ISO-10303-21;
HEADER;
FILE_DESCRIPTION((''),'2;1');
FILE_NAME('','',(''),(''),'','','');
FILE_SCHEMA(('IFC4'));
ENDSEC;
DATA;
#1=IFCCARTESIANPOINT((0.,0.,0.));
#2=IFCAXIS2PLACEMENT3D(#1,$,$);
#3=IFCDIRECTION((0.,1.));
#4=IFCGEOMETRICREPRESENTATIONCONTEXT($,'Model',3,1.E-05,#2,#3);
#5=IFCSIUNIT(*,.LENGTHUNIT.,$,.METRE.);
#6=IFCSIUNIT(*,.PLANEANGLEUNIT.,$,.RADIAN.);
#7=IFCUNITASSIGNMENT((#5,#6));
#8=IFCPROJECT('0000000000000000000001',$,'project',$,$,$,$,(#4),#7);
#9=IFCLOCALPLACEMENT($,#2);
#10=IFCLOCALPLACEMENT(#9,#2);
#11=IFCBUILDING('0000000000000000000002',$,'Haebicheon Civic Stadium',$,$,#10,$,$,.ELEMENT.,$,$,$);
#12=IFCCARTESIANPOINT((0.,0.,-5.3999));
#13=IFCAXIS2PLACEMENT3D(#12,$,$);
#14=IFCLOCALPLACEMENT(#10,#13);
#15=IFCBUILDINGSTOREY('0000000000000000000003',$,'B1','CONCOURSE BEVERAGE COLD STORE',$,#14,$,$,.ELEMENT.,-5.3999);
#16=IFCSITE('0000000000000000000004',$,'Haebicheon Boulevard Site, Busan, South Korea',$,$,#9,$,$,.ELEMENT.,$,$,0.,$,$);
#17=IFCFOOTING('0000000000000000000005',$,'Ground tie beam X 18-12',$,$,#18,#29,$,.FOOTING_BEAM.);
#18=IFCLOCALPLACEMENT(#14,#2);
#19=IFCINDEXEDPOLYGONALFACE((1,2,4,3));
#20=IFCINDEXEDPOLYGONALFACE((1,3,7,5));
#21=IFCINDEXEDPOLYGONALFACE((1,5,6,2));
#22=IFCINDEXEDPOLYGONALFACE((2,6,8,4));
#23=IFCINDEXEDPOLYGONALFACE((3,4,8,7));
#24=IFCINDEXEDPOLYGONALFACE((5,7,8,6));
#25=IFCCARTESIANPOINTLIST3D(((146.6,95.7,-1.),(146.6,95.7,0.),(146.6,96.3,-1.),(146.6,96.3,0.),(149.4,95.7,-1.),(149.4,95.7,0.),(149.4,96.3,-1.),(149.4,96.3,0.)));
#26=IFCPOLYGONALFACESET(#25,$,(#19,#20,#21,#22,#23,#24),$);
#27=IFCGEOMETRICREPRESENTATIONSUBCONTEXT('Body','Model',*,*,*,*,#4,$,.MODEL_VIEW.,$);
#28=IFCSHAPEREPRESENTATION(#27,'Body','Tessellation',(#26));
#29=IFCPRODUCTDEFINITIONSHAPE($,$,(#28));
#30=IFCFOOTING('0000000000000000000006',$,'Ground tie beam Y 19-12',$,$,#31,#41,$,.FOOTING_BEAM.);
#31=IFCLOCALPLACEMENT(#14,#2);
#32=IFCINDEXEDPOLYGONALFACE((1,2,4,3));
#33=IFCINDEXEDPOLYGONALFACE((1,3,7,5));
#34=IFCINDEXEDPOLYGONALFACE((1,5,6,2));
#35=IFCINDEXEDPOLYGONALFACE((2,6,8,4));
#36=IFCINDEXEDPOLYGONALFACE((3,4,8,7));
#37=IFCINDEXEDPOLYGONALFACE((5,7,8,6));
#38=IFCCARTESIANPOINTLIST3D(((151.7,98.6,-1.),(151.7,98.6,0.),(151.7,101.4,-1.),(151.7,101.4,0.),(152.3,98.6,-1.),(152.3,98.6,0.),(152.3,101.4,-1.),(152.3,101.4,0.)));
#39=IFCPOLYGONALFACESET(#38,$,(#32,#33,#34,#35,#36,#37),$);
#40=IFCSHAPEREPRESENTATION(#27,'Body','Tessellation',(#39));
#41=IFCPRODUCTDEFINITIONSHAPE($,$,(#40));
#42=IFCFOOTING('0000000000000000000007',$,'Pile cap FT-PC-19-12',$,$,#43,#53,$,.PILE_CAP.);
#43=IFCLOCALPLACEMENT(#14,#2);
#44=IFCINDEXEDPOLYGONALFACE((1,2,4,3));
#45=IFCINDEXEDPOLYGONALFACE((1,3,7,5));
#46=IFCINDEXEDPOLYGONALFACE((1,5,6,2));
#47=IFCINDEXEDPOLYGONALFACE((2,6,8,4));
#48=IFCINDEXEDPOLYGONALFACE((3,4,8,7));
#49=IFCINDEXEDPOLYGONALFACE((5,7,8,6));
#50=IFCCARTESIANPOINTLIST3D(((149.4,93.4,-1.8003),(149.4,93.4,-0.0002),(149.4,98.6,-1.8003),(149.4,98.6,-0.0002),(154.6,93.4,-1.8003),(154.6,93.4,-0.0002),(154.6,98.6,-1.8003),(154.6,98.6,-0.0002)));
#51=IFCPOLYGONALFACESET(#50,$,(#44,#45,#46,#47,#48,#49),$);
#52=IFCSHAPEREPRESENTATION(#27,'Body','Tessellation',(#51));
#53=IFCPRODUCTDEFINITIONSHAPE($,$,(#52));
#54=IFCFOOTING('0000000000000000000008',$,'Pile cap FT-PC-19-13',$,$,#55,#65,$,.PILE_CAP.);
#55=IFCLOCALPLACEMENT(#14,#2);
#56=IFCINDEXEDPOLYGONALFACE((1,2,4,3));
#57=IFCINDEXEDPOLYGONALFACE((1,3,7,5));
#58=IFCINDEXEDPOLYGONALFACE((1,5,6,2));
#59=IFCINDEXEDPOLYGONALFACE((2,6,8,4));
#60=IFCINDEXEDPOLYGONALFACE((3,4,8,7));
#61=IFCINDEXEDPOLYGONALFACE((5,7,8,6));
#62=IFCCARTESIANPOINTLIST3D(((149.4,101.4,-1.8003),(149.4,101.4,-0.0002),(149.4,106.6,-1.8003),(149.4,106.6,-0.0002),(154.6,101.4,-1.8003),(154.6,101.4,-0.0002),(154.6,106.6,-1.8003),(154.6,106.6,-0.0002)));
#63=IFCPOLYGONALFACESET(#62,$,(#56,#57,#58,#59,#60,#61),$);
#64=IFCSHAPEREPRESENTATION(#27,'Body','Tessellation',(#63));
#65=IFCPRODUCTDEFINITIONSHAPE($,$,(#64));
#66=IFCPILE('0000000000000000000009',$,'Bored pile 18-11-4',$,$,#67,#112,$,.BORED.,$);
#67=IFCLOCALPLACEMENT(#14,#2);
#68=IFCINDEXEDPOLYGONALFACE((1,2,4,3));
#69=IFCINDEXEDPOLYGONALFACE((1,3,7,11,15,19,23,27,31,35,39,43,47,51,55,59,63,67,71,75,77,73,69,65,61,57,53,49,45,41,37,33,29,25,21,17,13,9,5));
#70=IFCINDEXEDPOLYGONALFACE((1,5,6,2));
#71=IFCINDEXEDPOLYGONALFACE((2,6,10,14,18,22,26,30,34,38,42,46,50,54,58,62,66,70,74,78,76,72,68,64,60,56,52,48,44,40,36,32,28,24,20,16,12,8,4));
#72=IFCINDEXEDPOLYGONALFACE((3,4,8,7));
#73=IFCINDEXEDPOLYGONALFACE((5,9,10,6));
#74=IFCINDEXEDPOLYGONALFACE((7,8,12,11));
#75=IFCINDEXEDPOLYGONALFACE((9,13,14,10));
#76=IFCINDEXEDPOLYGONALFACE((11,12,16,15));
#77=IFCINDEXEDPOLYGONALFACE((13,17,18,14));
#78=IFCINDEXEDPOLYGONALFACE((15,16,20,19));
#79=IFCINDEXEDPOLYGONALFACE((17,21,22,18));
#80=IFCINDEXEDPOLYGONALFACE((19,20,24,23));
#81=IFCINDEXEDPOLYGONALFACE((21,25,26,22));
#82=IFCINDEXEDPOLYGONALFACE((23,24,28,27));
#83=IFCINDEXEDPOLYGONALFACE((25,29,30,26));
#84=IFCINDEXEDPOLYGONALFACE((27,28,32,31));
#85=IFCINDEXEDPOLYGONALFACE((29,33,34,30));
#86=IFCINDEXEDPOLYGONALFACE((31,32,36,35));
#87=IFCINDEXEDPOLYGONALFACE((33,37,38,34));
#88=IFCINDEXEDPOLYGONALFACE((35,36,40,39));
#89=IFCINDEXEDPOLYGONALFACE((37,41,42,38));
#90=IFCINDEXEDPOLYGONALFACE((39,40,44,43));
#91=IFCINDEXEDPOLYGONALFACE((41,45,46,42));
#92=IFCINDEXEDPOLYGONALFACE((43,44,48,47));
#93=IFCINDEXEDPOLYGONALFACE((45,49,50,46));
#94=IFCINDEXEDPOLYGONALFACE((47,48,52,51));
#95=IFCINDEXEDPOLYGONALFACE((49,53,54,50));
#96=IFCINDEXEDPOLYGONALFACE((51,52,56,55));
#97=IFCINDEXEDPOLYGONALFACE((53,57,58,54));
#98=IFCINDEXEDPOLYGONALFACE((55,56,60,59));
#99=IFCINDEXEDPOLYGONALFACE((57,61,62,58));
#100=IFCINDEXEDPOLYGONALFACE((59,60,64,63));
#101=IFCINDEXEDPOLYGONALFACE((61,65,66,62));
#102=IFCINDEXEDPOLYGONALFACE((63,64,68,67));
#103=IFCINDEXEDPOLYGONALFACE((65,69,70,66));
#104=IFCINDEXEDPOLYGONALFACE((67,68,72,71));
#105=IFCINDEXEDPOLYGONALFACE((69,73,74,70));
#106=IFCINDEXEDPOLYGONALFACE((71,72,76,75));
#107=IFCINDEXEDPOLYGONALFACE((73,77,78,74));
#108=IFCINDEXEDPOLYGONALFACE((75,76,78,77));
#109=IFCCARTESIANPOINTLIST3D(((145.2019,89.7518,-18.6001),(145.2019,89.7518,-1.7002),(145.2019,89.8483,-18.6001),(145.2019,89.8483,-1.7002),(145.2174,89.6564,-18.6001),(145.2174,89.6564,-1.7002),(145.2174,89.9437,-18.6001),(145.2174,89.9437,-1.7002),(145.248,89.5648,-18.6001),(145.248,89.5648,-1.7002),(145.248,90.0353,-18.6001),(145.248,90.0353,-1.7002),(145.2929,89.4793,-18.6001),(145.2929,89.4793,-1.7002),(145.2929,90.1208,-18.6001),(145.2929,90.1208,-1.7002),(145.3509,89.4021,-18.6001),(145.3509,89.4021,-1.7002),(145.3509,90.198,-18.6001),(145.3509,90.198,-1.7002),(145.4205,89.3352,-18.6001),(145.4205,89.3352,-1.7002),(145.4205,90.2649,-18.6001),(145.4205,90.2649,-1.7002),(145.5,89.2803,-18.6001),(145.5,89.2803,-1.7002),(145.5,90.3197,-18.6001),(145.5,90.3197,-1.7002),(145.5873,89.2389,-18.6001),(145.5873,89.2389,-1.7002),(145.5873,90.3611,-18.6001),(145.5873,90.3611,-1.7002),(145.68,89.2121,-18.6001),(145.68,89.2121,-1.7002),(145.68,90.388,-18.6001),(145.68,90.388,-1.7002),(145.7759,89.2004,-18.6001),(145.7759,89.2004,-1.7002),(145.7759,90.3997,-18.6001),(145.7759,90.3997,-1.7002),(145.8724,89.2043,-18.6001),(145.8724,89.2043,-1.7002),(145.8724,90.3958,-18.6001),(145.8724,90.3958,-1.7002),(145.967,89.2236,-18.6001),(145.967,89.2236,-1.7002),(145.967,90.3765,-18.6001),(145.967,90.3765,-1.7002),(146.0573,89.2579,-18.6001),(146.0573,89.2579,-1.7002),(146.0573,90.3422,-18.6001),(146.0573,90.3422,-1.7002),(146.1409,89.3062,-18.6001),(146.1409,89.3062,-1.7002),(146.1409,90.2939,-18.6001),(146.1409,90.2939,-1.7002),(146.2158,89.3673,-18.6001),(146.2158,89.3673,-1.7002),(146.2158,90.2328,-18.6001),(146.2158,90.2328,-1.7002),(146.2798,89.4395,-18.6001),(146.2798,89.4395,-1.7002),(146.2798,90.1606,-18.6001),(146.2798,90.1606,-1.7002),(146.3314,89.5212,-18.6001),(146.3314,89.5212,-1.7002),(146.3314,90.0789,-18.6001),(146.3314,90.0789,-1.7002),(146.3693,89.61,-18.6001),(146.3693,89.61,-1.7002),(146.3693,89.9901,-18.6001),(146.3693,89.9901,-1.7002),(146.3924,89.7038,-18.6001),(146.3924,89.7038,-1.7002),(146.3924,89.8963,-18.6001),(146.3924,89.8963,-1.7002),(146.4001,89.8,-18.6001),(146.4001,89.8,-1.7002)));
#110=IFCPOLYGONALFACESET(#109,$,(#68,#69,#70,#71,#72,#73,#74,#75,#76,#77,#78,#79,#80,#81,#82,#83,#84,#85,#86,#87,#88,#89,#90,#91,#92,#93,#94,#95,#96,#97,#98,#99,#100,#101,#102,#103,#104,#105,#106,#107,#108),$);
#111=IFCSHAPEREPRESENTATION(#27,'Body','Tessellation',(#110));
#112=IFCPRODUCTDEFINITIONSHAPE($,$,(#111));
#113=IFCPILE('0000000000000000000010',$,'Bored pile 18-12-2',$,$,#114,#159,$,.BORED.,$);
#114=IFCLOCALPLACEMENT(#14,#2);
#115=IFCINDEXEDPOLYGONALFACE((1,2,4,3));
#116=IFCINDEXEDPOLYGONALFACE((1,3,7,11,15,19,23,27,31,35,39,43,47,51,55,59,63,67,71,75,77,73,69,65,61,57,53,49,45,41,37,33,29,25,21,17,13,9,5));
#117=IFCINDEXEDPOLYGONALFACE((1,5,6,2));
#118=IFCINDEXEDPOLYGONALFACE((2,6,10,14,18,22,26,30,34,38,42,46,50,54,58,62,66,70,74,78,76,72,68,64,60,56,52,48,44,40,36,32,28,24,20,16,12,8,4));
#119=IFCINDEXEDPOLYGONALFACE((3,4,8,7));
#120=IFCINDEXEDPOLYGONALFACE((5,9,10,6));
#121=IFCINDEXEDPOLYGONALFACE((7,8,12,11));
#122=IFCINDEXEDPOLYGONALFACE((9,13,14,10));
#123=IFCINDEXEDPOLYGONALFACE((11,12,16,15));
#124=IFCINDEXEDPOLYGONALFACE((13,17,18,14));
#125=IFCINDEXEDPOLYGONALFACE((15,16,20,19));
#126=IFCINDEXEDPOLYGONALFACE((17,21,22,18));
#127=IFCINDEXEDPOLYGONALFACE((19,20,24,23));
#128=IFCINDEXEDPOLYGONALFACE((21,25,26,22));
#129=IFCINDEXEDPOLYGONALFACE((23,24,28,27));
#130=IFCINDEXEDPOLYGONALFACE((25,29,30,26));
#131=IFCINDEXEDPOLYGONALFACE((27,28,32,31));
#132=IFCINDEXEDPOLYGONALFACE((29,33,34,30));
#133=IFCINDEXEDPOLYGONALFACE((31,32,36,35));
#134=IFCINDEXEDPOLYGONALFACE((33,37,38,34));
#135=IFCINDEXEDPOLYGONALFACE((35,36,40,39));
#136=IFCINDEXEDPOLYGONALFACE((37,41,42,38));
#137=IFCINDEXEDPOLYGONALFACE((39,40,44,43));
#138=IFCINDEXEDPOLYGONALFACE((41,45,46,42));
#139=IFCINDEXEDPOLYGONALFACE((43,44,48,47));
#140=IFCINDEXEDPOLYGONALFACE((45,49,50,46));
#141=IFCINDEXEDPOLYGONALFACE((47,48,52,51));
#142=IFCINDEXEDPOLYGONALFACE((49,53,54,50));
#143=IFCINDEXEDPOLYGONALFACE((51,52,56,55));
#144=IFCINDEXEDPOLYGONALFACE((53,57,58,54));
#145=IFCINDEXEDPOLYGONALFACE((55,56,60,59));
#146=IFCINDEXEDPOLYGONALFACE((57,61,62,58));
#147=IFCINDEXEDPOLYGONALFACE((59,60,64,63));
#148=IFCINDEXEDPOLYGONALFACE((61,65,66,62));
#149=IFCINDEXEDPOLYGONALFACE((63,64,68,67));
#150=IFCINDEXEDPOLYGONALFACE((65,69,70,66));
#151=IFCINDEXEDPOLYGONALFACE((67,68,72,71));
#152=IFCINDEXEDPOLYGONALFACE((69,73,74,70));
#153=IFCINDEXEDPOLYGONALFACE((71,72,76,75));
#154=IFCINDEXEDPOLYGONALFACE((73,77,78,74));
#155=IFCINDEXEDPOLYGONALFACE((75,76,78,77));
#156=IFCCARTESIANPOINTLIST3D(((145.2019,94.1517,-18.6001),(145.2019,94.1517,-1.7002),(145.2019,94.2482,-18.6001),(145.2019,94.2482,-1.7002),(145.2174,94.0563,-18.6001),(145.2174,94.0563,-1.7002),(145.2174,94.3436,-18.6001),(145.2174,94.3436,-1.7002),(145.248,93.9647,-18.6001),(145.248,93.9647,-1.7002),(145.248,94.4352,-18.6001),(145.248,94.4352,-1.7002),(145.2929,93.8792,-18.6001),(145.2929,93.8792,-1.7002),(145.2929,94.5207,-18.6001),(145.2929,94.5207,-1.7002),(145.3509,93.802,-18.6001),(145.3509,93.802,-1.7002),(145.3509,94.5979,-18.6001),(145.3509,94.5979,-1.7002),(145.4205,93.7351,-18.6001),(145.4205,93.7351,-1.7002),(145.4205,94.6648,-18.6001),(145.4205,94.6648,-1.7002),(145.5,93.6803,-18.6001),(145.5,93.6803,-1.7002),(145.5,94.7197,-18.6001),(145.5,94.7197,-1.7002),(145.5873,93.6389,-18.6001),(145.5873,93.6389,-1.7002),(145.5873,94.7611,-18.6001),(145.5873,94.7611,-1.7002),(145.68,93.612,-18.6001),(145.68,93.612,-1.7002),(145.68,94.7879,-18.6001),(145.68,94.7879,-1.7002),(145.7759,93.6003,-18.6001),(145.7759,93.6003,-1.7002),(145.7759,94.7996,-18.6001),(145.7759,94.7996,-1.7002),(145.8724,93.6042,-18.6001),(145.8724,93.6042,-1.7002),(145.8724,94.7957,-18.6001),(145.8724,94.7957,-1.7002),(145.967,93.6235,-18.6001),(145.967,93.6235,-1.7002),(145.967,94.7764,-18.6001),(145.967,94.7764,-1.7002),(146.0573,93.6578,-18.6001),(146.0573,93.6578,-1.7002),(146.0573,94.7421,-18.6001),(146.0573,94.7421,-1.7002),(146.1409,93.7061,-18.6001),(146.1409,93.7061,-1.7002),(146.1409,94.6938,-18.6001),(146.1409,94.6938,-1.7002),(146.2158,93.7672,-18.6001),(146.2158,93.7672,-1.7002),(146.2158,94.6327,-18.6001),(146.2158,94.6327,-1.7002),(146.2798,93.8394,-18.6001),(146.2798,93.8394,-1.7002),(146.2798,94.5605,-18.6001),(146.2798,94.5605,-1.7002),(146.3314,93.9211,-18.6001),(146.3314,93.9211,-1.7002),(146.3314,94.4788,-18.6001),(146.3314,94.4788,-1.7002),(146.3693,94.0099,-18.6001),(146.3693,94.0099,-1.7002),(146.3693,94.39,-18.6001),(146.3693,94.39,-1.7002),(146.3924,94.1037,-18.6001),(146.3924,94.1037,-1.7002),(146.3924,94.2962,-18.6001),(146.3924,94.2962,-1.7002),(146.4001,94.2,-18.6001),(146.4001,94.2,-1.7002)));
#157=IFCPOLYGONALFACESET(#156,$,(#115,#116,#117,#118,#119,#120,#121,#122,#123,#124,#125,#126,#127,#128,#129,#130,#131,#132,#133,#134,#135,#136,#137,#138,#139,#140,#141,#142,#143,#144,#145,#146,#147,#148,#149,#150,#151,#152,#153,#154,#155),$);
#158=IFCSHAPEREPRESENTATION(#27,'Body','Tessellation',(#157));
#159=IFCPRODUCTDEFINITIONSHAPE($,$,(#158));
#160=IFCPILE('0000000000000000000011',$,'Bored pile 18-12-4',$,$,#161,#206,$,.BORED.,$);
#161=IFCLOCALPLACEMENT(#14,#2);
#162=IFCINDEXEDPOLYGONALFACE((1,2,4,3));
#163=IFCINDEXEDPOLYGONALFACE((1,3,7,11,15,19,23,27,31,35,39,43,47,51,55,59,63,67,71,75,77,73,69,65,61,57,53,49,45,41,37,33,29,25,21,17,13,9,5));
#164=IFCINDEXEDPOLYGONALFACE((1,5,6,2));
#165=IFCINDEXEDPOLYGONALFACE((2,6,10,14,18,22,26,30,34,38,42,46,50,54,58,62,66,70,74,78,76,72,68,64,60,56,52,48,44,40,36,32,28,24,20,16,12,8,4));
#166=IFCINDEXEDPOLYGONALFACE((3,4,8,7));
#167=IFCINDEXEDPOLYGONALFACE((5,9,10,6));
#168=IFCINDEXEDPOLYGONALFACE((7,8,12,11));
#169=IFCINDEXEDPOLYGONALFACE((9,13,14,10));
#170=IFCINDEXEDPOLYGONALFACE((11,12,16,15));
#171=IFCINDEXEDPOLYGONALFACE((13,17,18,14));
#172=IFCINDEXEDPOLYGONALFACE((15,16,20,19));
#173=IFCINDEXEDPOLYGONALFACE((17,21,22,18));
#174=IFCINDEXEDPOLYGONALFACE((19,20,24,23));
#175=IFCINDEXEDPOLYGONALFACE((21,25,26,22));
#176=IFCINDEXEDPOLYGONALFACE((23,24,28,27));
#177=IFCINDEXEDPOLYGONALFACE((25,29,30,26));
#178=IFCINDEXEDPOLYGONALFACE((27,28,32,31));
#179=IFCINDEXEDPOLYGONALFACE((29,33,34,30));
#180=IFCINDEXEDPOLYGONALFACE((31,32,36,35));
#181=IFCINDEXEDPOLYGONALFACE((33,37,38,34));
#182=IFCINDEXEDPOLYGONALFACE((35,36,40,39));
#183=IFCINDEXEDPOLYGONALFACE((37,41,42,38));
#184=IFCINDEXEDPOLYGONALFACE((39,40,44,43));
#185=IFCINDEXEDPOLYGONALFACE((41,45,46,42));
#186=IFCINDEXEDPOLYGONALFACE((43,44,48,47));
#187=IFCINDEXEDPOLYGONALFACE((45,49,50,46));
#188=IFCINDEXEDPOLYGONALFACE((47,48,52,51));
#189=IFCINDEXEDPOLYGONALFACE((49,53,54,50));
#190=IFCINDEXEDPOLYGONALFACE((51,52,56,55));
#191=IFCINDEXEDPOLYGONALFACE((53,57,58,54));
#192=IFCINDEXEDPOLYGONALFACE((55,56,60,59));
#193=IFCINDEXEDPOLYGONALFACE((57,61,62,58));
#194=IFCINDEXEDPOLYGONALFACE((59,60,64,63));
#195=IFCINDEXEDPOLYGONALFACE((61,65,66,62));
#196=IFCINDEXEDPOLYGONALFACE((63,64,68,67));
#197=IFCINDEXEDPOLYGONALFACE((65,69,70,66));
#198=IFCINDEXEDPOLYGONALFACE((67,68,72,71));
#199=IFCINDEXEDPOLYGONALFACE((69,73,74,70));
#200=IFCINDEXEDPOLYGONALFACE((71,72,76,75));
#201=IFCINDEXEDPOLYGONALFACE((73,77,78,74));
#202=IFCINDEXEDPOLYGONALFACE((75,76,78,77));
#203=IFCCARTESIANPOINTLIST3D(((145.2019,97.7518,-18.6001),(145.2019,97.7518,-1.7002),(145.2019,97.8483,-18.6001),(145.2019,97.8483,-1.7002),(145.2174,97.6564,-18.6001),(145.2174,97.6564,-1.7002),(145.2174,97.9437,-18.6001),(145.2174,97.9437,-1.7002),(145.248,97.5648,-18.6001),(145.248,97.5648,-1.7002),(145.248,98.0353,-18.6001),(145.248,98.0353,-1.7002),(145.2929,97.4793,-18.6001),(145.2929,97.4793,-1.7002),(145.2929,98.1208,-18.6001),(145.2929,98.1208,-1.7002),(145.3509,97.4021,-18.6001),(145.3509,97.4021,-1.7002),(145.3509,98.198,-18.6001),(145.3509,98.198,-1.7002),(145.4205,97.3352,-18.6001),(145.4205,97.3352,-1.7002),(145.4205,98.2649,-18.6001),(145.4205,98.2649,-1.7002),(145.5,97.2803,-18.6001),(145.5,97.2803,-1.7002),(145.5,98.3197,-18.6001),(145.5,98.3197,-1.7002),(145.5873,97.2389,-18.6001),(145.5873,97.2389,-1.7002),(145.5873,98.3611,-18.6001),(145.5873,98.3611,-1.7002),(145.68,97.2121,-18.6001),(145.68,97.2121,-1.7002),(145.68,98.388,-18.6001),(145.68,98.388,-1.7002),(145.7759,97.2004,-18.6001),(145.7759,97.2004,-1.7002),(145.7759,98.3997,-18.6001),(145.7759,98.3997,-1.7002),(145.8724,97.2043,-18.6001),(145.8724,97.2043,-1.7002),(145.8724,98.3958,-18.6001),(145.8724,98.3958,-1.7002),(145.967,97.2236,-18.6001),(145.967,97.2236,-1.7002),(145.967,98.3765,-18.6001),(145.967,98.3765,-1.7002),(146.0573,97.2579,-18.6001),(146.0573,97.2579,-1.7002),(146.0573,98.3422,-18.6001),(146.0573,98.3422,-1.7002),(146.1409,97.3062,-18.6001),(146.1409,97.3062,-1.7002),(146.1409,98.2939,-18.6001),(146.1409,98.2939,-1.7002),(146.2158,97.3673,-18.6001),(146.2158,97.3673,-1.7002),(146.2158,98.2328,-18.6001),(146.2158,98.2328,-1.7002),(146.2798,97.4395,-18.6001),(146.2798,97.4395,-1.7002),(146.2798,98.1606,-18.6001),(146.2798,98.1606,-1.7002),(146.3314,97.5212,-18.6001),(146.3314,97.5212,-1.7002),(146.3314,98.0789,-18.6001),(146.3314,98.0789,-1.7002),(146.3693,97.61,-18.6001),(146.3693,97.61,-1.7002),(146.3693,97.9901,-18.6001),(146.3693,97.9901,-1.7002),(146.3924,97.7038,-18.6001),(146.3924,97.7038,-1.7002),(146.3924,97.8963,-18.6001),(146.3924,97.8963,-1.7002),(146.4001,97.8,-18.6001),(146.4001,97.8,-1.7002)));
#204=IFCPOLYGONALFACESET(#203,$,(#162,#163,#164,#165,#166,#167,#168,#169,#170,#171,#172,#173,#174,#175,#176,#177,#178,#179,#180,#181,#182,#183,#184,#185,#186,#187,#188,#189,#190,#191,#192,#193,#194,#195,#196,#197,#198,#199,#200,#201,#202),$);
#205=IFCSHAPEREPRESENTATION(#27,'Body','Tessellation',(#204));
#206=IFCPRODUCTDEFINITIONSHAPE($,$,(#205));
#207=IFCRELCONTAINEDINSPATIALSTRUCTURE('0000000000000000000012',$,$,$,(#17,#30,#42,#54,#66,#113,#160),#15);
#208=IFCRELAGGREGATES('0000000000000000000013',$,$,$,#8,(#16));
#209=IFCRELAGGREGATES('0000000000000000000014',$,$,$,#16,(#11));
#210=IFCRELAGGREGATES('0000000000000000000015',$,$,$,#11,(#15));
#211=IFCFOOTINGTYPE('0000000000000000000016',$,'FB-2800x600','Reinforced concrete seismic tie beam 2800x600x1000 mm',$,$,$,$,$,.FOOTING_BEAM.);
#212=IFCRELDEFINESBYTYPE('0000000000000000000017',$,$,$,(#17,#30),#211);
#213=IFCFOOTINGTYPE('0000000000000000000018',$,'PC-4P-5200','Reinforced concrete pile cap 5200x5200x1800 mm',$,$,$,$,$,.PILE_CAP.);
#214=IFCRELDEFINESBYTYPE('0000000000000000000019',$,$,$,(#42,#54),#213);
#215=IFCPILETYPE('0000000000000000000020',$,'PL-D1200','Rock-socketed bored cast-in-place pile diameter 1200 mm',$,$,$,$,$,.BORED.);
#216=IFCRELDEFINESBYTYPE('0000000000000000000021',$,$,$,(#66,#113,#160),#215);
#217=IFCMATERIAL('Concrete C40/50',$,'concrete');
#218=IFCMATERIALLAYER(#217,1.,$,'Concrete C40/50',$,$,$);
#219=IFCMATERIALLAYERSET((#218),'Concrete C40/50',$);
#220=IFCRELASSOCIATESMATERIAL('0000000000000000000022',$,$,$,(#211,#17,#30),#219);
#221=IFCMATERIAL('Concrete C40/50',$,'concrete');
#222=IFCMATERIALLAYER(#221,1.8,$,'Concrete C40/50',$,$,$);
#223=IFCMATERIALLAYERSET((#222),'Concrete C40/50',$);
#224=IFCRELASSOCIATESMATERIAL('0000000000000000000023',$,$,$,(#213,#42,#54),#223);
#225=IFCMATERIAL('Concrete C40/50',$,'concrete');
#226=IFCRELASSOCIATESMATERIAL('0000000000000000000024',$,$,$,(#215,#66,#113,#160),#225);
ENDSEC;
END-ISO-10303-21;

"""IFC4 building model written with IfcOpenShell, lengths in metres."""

from ifc_helpers import new_model, si_unit, direction, frame, origin, origin_2d, place, context, subcontext, project, spatial, rectangle, circle, extrude, material, layer, layer_set, material_profile, profile_set, type_object, element, save


model = new_model("IFC4")

# Units and contexts
model_context = context("Model", 3, precision=1e-05, world=origin(), true_north=direction((0.0, 1.0)))
body_context = subcontext(model_context, "Body", "Model", "MODEL_VIEW")
ifc_project = project(units=[si_unit("LENGTHUNIT", "METRE"), si_unit("PLANEANGLEUNIT", "RADIAN")], contexts=[model_context])

# Site, building, storey
site_placement = place(None, origin())
site = spatial("IfcSite", under=ifc_project, at=site_placement, Name="Haebicheon Boulevard Site, Busan, South Korea", CompositionType="ELEMENT", RefElevation=0.0)
building_placement = place(site_placement, origin())
building = spatial("IfcBuilding", under=site, at=building_placement, Name="Haebicheon Civic Stadium", CompositionType="ELEMENT")
storey_placement = place(building_placement, frame((0.0, 0.0, -5.3999)))
storey = spatial("IfcBuildingStorey", under=building, at=storey_placement, Name="B1", Description="CONCOURSE BEVERAGE COLD STORE", CompositionType="ELEMENT", Elevation=-5.3999)

# Footings
ifc_material_1 = material(Name="Concrete C40/50", Category="concrete")
ifc_layer_1 = layer(ifc_material_1, 1.0, Name="Concrete C40/50")
ifc_layer_set_1 = layer_set([ifc_layer_1], Name="Concrete C40/50")
footing_type_1 = type_object("IfcFootingType", Name="FB-2800x600", Description="Reinforced concrete seismic tie beam 2800x600x1000 mm", PredefinedType="FOOTING_BEAM", material=ifc_layer_set_1)
for number, where, z_axis, x_axis, name in (
    (1, (148.0, 96.0, -1.0), (0.0, 0.0, 1.0), (1.0, 0.0, 0.0), "Ground tie beam X 18-12"),
    (2, (152.0, 100.0, -1.0), (0.0, 0.0, 1.0), (0.0, 1.0, 0.0), "Ground tie beam Y 19-12"),
):
    element("IfcFooting", number, at=place(storey_placement, frame(where, z_axis=z_axis, x_axis=x_axis)), inside=storey, type_object=footing_type_1, material=ifc_layer_set_1, Name=name, PredefinedType="FOOTING_BEAM", context=body_context, shape_type="SweptSolid", body=[
        extrude(rectangle(XDim=2.8, YDim=0.6001, at=origin_2d()), origin(), (0.0, 0.0, 1.0), 1.0),
    ])
ifc_material_2 = material(Name="Concrete C40/50", Category="concrete")
ifc_layer_2 = layer(ifc_material_2, 1.8, Name="Concrete C40/50")
ifc_layer_set_2 = layer_set([ifc_layer_2], Name="Concrete C40/50")
footing_type_2 = type_object("IfcFootingType", Name="PC-4P-5200", Description="Reinforced concrete pile cap 5200x5200x1800 mm", PredefinedType="PILE_CAP", material=ifc_layer_set_2)
for number, where, z_axis, x_axis, name in (
    (3, (152.0, 96.0, -1.8003), (0.0, 0.0, 1.0), (1.0, 0.0, 0.0), "Pile cap FT-PC-19-12"),
    (4, (152.0, 104.0, -1.8003), (0.0, 0.0, 1.0), (1.0, 0.0, 0.0), "Pile cap FT-PC-19-13"),
):
    element("IfcFooting", number, at=place(storey_placement, frame(where, z_axis=z_axis, x_axis=x_axis)), inside=storey, type_object=footing_type_2, material=ifc_layer_set_2, Name=name, PredefinedType="PILE_CAP", context=body_context, shape_type="SweptSolid", body=[
        extrude(rectangle(XDim=5.2, YDim=5.2, at=origin_2d()), origin(), (0.0, 0.0, 1.0), 1.8),
    ])

# Piles
ifc_material_3 = material(Name="Concrete C40/50", Category="concrete")
ifc_material_profile_1 = material_profile(ifc_material_3, circle(Radius=0.6001, at=origin_2d()), Name="PILE-D1200")
ifc_profile_set_1 = profile_set([ifc_material_profile_1], Name="Concrete C40/50")
pile_type = type_object("IfcPileType", Name="PL-D1200", Description="Rock-socketed bored cast-in-place pile diameter 1200 mm", PredefinedType="BORED", material=ifc_profile_set_1)
for number, where, z_axis, x_axis, name in (
    (5, (145.8, 89.8, -1.7002), (0.0, 0.0, -1.0), (1.0, 0.0, 0.0), "Bored pile 18-11-4"),
    (6, (145.8, 94.2, -1.7002), (0.0, 0.0, -1.0), (1.0, 0.0, 0.0), "Bored pile 18-12-2"),
    (7, (145.8, 97.8, -1.7002), (0.0, 0.0, -1.0), (1.0, 0.0, 0.0), "Bored pile 18-12-4"),
):
    element("IfcPile", number, at=place(storey_placement, frame(where, z_axis=z_axis, x_axis=x_axis)), inside=storey, type_object=pile_type, material=ifc_profile_set_1, Name=name, PredefinedType="BORED", context=body_context, shape_type="SweptSolid", body=[
        extrude(circle(Radius=0.6001, at=origin_2d()), origin(), (0.0, 0.0, 1.0), 16.8999),
    ])

save(model, "model.ifc")
